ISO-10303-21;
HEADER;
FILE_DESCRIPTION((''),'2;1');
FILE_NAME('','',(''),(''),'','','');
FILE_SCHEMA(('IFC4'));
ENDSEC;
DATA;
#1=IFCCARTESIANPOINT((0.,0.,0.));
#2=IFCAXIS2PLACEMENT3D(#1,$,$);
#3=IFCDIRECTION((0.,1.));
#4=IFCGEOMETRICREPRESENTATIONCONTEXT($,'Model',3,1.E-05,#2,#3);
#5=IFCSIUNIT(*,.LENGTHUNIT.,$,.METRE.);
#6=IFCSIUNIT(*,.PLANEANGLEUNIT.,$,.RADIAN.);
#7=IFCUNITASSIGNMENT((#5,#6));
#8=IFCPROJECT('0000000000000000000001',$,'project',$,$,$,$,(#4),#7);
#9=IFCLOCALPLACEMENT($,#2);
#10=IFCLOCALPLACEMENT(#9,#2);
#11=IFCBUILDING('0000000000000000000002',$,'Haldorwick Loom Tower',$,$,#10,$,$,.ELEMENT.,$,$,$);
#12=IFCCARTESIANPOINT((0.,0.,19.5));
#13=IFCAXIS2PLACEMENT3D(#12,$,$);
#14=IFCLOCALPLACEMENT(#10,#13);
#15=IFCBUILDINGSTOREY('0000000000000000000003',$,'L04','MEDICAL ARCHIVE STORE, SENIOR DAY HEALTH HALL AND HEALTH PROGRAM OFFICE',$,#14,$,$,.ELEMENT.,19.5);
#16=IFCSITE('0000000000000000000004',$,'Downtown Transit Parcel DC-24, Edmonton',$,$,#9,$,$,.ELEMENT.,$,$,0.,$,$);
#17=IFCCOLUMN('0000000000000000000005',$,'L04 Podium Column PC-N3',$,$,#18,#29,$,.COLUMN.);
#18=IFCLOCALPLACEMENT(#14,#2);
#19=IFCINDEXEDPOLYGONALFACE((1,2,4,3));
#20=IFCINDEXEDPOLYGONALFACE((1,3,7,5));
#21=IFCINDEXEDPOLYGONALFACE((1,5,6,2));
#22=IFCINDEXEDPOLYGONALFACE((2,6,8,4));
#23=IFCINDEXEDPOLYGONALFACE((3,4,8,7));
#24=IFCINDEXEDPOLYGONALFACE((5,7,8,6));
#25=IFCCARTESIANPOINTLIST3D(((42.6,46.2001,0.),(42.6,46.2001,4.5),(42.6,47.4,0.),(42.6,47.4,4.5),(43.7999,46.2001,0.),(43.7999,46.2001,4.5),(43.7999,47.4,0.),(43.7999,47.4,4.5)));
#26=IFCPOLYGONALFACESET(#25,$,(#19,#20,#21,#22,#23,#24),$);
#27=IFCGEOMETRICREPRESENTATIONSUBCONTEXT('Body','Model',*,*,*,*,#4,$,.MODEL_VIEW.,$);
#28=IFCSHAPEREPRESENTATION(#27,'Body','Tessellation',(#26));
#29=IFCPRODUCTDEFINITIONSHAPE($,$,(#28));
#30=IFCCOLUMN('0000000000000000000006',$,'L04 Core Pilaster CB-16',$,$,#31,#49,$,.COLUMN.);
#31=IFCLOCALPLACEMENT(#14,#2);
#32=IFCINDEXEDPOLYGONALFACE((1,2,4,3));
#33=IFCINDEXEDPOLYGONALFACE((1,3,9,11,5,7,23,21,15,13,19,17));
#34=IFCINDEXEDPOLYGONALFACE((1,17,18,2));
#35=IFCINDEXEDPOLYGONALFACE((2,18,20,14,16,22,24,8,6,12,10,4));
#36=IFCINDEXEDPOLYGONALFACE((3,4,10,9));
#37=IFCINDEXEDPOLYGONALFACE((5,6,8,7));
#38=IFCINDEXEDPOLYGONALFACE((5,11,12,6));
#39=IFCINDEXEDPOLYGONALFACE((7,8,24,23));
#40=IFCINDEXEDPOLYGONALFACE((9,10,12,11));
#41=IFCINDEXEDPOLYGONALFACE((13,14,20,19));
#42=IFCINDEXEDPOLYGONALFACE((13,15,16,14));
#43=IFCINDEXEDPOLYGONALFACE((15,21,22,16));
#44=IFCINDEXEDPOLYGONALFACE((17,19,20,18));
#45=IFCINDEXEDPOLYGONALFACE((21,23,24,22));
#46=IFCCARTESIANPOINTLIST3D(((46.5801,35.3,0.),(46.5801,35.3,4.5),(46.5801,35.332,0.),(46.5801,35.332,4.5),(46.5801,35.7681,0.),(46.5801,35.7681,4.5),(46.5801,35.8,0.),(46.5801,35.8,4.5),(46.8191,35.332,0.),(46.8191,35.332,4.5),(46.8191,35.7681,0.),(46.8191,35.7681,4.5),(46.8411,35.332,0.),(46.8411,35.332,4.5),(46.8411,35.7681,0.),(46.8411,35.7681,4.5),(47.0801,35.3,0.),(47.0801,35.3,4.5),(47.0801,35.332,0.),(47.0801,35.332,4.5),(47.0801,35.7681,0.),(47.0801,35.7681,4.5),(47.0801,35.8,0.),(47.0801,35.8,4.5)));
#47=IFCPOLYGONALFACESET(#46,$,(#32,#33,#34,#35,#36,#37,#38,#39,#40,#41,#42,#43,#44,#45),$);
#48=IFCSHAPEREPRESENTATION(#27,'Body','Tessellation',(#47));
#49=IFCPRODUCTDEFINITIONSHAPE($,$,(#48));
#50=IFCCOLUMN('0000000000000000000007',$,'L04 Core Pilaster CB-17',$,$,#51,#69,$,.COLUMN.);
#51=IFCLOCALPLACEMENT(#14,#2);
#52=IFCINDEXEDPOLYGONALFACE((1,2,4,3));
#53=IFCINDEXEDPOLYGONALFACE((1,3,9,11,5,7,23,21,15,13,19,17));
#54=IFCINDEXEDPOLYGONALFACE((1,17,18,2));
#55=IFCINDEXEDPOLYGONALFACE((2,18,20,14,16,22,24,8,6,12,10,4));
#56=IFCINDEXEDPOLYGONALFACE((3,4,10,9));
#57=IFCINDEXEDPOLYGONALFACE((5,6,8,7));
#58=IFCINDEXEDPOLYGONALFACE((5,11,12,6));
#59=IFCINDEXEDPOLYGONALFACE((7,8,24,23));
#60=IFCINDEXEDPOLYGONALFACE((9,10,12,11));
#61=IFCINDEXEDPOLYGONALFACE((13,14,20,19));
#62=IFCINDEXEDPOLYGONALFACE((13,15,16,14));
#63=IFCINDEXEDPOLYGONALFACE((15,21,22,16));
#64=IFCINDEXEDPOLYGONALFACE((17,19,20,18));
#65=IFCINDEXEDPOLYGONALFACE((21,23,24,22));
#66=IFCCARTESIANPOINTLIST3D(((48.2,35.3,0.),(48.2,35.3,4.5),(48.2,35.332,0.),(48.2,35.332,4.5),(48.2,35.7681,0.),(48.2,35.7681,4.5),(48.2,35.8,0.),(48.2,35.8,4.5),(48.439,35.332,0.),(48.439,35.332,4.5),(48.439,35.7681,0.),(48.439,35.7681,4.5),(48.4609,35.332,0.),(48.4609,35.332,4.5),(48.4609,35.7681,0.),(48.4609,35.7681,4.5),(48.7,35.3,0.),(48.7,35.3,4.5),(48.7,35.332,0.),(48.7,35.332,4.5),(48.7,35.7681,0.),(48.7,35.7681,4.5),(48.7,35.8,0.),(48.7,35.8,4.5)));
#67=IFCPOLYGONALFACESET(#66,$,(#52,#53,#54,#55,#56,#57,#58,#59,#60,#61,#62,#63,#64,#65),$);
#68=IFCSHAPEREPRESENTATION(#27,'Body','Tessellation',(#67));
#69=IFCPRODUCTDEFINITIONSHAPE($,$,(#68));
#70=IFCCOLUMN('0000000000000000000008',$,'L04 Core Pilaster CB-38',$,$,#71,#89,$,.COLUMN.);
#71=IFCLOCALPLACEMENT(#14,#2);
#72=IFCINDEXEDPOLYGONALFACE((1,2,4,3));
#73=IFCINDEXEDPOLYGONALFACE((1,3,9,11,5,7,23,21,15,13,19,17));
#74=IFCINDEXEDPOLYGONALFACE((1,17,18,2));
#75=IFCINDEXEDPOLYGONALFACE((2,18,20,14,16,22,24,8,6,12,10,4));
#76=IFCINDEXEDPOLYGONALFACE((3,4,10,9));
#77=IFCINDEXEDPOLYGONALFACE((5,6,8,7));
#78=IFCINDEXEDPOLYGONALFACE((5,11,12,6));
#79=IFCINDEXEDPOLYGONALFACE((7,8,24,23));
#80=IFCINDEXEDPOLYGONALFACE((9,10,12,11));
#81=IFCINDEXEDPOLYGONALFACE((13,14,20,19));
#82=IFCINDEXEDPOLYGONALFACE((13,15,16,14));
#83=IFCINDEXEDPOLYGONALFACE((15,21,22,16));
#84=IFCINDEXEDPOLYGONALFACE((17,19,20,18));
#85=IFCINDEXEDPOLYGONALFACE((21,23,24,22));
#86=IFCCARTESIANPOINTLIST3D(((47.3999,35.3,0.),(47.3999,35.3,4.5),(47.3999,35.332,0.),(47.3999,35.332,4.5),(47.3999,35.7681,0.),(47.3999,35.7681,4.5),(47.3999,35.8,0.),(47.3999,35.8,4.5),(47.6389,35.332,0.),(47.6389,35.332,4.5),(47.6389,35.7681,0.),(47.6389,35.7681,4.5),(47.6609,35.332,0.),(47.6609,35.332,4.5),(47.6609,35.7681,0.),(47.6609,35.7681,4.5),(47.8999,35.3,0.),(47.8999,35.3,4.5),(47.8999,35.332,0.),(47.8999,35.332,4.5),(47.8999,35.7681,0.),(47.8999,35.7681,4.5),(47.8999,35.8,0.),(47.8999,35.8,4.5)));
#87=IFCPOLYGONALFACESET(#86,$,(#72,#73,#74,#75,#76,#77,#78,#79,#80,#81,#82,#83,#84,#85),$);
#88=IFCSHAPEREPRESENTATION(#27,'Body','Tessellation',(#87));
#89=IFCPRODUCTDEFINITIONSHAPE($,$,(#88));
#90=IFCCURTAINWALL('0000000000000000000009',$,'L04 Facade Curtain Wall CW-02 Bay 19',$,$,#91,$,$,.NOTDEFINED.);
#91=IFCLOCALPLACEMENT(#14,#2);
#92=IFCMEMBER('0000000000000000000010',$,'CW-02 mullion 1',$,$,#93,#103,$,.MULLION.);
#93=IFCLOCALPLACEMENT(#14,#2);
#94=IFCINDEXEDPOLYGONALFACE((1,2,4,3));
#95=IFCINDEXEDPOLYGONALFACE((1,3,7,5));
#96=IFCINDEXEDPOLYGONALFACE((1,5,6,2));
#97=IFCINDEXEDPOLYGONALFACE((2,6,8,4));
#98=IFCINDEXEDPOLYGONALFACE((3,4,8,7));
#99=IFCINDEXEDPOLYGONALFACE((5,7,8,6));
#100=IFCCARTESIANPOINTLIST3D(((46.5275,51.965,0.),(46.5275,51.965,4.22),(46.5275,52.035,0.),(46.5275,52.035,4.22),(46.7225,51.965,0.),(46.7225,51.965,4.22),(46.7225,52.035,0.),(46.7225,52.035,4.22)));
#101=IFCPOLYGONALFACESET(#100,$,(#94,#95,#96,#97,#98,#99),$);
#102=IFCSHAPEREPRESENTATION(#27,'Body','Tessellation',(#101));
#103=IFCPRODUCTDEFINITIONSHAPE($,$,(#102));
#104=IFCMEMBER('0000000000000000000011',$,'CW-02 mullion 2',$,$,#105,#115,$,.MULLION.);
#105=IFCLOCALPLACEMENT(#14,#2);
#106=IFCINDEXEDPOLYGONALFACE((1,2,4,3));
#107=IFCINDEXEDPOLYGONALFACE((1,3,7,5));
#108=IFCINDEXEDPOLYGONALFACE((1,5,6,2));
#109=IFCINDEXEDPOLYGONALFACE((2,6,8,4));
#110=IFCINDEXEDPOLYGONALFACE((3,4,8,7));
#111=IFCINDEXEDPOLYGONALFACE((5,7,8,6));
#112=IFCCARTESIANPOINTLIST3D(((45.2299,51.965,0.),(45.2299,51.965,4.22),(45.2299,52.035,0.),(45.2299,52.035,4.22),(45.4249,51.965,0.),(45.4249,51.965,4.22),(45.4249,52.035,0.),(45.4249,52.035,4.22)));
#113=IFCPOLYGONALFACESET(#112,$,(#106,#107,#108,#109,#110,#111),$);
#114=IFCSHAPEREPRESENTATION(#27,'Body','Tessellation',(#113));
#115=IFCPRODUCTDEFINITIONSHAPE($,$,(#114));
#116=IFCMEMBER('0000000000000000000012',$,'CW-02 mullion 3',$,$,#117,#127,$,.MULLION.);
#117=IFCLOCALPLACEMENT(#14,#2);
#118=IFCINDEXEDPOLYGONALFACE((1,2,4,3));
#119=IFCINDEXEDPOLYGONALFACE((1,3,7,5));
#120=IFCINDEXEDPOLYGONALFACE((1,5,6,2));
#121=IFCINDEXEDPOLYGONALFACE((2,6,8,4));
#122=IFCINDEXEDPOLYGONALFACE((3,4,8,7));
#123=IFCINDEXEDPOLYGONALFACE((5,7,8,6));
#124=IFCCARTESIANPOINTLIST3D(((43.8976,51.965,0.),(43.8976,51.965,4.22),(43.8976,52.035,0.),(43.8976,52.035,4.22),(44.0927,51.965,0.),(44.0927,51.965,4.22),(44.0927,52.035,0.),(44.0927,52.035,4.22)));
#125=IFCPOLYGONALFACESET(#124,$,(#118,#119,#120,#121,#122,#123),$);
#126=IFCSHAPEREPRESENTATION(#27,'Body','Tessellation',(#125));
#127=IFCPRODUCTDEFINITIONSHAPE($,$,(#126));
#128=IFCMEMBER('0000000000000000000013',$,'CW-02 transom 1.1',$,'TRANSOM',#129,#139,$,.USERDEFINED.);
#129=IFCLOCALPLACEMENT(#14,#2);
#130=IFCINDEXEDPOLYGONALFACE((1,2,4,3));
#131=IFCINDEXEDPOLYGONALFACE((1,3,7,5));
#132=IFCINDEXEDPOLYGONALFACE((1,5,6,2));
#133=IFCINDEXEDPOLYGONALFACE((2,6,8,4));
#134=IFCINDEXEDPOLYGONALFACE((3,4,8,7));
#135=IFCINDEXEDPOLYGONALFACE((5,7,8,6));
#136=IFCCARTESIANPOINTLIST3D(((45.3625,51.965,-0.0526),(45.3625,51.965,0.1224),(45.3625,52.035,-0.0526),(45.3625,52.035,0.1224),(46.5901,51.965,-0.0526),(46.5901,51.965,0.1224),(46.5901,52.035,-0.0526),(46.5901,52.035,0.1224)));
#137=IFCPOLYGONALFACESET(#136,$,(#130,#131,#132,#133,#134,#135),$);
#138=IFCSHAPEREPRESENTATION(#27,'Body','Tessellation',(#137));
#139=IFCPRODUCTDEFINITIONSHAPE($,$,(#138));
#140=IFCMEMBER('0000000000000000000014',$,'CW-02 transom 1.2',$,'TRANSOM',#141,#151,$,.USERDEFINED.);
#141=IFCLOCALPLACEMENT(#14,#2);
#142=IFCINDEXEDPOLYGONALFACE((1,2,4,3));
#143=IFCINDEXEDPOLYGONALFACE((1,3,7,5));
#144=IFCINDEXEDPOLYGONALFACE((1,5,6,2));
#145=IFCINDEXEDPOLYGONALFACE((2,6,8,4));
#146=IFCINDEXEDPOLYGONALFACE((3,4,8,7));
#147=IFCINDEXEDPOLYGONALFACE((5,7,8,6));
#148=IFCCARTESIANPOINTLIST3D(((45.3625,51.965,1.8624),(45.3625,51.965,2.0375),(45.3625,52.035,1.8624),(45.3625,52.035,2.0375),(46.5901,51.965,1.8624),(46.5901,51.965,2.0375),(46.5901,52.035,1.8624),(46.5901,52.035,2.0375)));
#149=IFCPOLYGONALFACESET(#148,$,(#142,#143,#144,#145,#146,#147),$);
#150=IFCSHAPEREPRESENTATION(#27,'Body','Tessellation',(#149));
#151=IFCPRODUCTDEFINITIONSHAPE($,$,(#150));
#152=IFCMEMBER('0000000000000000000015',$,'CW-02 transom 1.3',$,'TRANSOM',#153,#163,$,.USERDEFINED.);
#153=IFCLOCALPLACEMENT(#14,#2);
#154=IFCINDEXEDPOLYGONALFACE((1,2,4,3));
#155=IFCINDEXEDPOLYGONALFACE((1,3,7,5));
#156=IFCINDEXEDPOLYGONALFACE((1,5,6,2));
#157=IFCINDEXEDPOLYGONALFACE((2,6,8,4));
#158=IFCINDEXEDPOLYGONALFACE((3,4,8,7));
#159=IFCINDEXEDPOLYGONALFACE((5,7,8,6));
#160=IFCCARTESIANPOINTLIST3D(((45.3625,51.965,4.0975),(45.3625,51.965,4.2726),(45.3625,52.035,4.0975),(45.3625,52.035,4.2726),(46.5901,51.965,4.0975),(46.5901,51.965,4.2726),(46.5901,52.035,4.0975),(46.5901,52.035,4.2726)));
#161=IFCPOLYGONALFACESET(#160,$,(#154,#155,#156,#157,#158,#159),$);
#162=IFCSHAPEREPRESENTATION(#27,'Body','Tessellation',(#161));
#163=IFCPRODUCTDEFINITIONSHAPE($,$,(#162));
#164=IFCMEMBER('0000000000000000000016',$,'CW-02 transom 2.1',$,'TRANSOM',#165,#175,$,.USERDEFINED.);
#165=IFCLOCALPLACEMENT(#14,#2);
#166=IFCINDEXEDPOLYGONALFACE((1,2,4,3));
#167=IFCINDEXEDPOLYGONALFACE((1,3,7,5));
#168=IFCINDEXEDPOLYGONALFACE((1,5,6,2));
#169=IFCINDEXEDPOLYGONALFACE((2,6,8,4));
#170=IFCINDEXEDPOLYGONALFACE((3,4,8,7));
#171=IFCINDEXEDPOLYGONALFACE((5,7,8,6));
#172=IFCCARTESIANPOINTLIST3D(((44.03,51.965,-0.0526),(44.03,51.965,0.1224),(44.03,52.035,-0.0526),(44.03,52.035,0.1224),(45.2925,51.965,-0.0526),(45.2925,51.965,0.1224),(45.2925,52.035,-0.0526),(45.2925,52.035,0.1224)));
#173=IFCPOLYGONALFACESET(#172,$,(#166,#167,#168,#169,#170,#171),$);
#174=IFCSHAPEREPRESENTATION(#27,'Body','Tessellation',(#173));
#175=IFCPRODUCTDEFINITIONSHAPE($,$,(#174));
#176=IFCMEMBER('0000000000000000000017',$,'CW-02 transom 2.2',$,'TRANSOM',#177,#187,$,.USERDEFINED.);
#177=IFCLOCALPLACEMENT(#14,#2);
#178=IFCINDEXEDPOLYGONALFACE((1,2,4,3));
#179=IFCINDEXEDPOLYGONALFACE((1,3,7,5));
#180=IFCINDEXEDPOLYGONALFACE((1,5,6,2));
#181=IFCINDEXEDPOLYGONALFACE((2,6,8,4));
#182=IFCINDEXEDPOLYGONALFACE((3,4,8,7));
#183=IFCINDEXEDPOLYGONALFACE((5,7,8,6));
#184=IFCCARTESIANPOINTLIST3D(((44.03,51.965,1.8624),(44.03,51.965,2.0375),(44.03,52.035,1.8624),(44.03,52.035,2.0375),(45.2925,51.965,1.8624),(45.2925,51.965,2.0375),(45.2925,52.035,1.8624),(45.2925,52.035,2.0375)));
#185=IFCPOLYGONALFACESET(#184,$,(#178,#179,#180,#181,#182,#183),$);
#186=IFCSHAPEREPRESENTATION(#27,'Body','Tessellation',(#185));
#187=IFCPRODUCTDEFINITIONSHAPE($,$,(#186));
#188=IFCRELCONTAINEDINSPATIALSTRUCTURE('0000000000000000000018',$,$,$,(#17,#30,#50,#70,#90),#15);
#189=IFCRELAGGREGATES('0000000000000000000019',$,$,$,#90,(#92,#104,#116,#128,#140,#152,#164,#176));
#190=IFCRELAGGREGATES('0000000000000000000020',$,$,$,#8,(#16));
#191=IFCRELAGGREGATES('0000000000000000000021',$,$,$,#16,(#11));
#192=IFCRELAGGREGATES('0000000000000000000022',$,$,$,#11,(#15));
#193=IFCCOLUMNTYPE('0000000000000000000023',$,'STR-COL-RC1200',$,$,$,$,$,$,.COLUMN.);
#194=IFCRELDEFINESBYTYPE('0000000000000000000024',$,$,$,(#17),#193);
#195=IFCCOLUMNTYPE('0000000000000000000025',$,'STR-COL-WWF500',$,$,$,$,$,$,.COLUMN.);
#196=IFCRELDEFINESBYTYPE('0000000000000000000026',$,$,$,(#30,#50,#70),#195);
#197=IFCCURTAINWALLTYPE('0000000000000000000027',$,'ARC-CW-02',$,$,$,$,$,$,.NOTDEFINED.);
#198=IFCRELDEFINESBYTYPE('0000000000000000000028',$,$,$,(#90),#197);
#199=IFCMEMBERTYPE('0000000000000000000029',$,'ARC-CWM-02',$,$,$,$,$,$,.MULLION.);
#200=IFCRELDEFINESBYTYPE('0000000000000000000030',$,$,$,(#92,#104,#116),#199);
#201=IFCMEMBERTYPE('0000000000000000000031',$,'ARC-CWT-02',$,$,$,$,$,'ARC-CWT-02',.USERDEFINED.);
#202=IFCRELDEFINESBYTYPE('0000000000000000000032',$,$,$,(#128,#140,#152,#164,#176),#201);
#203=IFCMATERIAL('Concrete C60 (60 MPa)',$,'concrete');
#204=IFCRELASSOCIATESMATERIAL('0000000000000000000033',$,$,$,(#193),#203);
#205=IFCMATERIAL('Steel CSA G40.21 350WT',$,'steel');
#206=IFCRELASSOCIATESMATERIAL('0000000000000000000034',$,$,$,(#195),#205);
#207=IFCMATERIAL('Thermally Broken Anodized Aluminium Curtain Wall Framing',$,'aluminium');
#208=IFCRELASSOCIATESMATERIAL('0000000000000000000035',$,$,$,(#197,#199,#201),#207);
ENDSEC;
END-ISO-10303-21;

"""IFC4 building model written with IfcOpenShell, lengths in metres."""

from ifc_helpers import new_model, si_unit, direction, frame, origin, origin_2d, place, context, subcontext, project, spatial, rectangle, i_section, extrude, material, material_profile, profile_set, type_object, element, aggregate, save


model = new_model("IFC4")

# Units and contexts
model_context = context("Model", 3, precision=1e-05, world=origin(), true_north=direction((0.0, 1.0)))
body_context = subcontext(model_context, "Body", "Model", "MODEL_VIEW")
ifc_project = project(units=[si_unit("LENGTHUNIT", "METRE"), si_unit("PLANEANGLEUNIT", "RADIAN")], contexts=[model_context])

# Site, building, storey
site_placement = place(None, origin())
site = spatial("IfcSite", under=ifc_project, at=site_placement, Name="Downtown Transit Parcel DC-24, Edmonton", CompositionType="ELEMENT", RefElevation=0.0)
building_placement = place(site_placement, origin())
building = spatial("IfcBuilding", under=site, at=building_placement, Name="Haldorwick Loom Tower", CompositionType="ELEMENT")
storey_placement = place(building_placement, frame((0.0, 0.0, 19.5)))
storey = spatial("IfcBuildingStorey", under=building, at=storey_placement, Name="L04", Description="MEDICAL ARCHIVE STORE, SENIOR DAY HEALTH HALL AND HEALTH PROGRAM OFFICE", CompositionType="ELEMENT", Elevation=19.5)

# Columns
ifc_material_1 = material(Name="Concrete C60 (60 MPa)", Category="concrete")
ifc_material_profile_1 = material_profile(ifc_material_1, rectangle(XDim=1.2, YDim=1.2, at=origin_2d()), Name="RC1200X1200", Category="concrete")
ifc_profile_set_1 = profile_set([ifc_material_profile_1], Name="Concrete C60 (60 MPa)")
column_type_1 = type_object("IfcColumnType", Name="STR-COL-RC1200", PredefinedType="COLUMN", material=ifc_profile_set_1)
column_placement = place(storey_placement, frame((43.2, 46.8, 0.0), z_axis=(0.0, 0.0, 1.0), x_axis=(1.0, 0.0, 0.0)))
element("IfcColumn", 1, at=column_placement, inside=storey, type_object=column_type_1, Name="L04 Podium Column PC-N3", PredefinedType="COLUMN", context=body_context, shape_type="SweptSolid", body=[
    extrude(rectangle(XDim=1.2, YDim=1.2, at=origin_2d()), origin(), (0.0, 0.0, 1.0), 4.5),
])
ifc_material_2 = material(Name="Steel CSA G40.21 350WT", Category="steel")
ifc_material_profile_2 = material_profile(ifc_material_2, i_section(OverallWidth=0.5, OverallDepth=0.5, WebThickness=0.022, FlangeThickness=0.032, at=origin_2d()), Name="WWF500X500", Category="steel")
ifc_profile_set_2 = profile_set([ifc_material_profile_2], Name="Steel CSA G40.21 350WT")
column_type_2 = type_object("IfcColumnType", Name="STR-COL-WWF500", PredefinedType="COLUMN", material=ifc_profile_set_2)
for number, where, z_axis, x_axis, name in (
    (2, (46.8301, 35.55, 0.0), (0.0, 0.0, 1.0), (1.0, 0.0, 0.0), "L04 Core Pilaster CB-16"),
    (3, (48.45, 35.55, 0.0), (0.0, 0.0, 1.0), (1.0, 0.0, 0.0), "L04 Core Pilaster CB-17"),
    (4, (47.6499, 35.55, 0.0), (0.0, 0.0, 1.0), (1.0, 0.0, 0.0), "L04 Core Pilaster CB-38"),
):
    element("IfcColumn", number, at=place(storey_placement, frame(where, z_axis=z_axis, x_axis=x_axis)), inside=storey, type_object=column_type_2, Name=name, PredefinedType="COLUMN", context=body_context, shape_type="SweptSolid", body=[
        extrude(i_section(OverallWidth=0.5, OverallDepth=0.5, WebThickness=0.022, FlangeThickness=0.032, at=origin_2d()), origin(), (0.0, 0.0, 1.0), 4.5),
    ])

# Curtain wall, members
ifc_material_3 = material(Name="Thermally Broken Anodized Aluminium Curtain Wall Framing", Category="aluminium")
curtain_wall_type = type_object("IfcCurtainWallType", Name="ARC-CW-02", PredefinedType="NOTDEFINED", material=ifc_material_3)
curtain_wall_placement = place(storey_placement, origin())
curtain_wall = element("IfcCurtainWall", 5, at=curtain_wall_placement, inside=storey, type_object=curtain_wall_type, Name="L04 Facade Curtain Wall CW-02 Bay 19", PredefinedType="NOTDEFINED")
ifc_material_profile_3 = material_profile(ifc_material_3, rectangle(XDim=0.0701, YDim=0.1951, at=origin_2d()), Name="ALU_MUL_70X195", Category="aluminium")
ifc_profile_set_3 = profile_set([ifc_material_profile_3], Name="Thermally Broken Anodized Aluminium Curtain Wall Framing")
member_type_1 = type_object("IfcMemberType", Name="ARC-CWM-02", PredefinedType="MULLION", material=ifc_profile_set_3)
member_1_placement = place(storey_placement, frame((46.625, 52.0, 0.0), z_axis=(0.0, 0.0, 1.0), x_axis=(0.0, -1.0, 0.0)))
member_1 = element("IfcMember", 6, at=member_1_placement, type_object=member_type_1, Name="CW-02 mullion 1", PredefinedType="MULLION", context=body_context, shape_type="SweptSolid", body=[
    extrude(rectangle(XDim=0.0701, YDim=0.1951, at=origin_2d()), origin(), (0.0, 0.0, 1.0), 4.22),
])
member_2_placement = place(storey_placement, frame((45.3274, 52.0, 0.0), z_axis=(0.0, 0.0, 1.0), x_axis=(0.0, -1.0, 0.0)))
member_2 = element("IfcMember", 7, at=member_2_placement, type_object=member_type_1, Name="CW-02 mullion 2", PredefinedType="MULLION", context=body_context, shape_type="SweptSolid", body=[
    extrude(rectangle(XDim=0.0701, YDim=0.1951, at=origin_2d()), origin(), (0.0, 0.0, 1.0), 4.22),
])
member_3_placement = place(storey_placement, frame((43.9951, 52.0, 0.0), z_axis=(0.0, 0.0, 1.0), x_axis=(0.0, -1.0, 0.0)))
member_3 = element("IfcMember", 8, at=member_3_placement, type_object=member_type_1, Name="CW-02 mullion 3", PredefinedType="MULLION", context=body_context, shape_type="SweptSolid", body=[
    extrude(rectangle(XDim=0.0701, YDim=0.1951, at=origin_2d()), origin(), (0.0, 0.0, 1.0), 4.22),
])
ifc_material_profile_4 = material_profile(ifc_material_3, rectangle(XDim=0.0701, YDim=0.175, at=origin_2d()), Name="ALU_TRN_70X175", Category="aluminium")
ifc_profile_set_4 = profile_set([ifc_material_profile_4], Name="Thermally Broken Anodized Aluminium Curtain Wall Framing")
member_type_2 = type_object("IfcMemberType", Name="ARC-CWT-02", ElementType="ARC-CWT-02", PredefinedType="USERDEFINED", material=ifc_profile_set_4)
member_4_placement = place(storey_placement, frame((46.5901, 52.0, 0.0349), z_axis=(-1.0, 0.0, 0.0), x_axis=(0.0, -1.0, 0.0)))
member_4 = element("IfcMember", 9, at=member_4_placement, type_object=member_type_2, Name="CW-02 transom 1.1", ObjectType="TRANSOM", PredefinedType="USERDEFINED", context=body_context, shape_type="SweptSolid", body=[
    extrude(rectangle(XDim=0.0701, YDim=0.175, at=origin_2d()), origin(), (0.0, 0.0, 1.0), 1.2275),
])
member_5_placement = place(storey_placement, frame((46.5901, 52.0, 1.95), z_axis=(-1.0, 0.0, 0.0), x_axis=(0.0, -1.0, 0.0)))
member_5 = element("IfcMember", 10, at=member_5_placement, type_object=member_type_2, Name="CW-02 transom 1.2", ObjectType="TRANSOM", PredefinedType="USERDEFINED", context=body_context, shape_type="SweptSolid", body=[
    extrude(rectangle(XDim=0.0701, YDim=0.175, at=origin_2d()), origin(), (0.0, 0.0, 1.0), 1.2275),
])
member_6_placement = place(storey_placement, frame((46.5901, 52.0, 4.1851), z_axis=(-1.0, 0.0, 0.0), x_axis=(0.0, -1.0, 0.0)))
member_6 = element("IfcMember", 11, at=member_6_placement, type_object=member_type_2, Name="CW-02 transom 1.3", ObjectType="TRANSOM", PredefinedType="USERDEFINED", context=body_context, shape_type="SweptSolid", body=[
    extrude(rectangle(XDim=0.0701, YDim=0.175, at=origin_2d()), origin(), (0.0, 0.0, 1.0), 1.2275),
])
member_7_placement = place(storey_placement, frame((45.2925, 52.0, 0.0349), z_axis=(-1.0, 0.0, 0.0), x_axis=(0.0, -1.0, 0.0)))
member_7 = element("IfcMember", 12, at=member_7_placement, type_object=member_type_2, Name="CW-02 transom 2.1", ObjectType="TRANSOM", PredefinedType="USERDEFINED", context=body_context, shape_type="SweptSolid", body=[
    extrude(rectangle(XDim=0.0701, YDim=0.175, at=origin_2d()), origin(), (0.0, 0.0, 1.0), 1.2625),
])
member_8_placement = place(storey_placement, frame((45.2925, 52.0, 1.95), z_axis=(-1.0, 0.0, 0.0), x_axis=(0.0, -1.0, 0.0)))
member_8 = element("IfcMember", 13, at=member_8_placement, type_object=member_type_2, Name="CW-02 transom 2.2", ObjectType="TRANSOM", PredefinedType="USERDEFINED", context=body_context, shape_type="SweptSolid", body=[
    extrude(rectangle(XDim=0.0701, YDim=0.175, at=origin_2d()), origin(), (0.0, 0.0, 1.0), 1.2625),
])

aggregate(curtain_wall, [member_1, member_2, member_3, member_4, member_5, member_6, member_7, member_8])

save(model, "model.ifc")
